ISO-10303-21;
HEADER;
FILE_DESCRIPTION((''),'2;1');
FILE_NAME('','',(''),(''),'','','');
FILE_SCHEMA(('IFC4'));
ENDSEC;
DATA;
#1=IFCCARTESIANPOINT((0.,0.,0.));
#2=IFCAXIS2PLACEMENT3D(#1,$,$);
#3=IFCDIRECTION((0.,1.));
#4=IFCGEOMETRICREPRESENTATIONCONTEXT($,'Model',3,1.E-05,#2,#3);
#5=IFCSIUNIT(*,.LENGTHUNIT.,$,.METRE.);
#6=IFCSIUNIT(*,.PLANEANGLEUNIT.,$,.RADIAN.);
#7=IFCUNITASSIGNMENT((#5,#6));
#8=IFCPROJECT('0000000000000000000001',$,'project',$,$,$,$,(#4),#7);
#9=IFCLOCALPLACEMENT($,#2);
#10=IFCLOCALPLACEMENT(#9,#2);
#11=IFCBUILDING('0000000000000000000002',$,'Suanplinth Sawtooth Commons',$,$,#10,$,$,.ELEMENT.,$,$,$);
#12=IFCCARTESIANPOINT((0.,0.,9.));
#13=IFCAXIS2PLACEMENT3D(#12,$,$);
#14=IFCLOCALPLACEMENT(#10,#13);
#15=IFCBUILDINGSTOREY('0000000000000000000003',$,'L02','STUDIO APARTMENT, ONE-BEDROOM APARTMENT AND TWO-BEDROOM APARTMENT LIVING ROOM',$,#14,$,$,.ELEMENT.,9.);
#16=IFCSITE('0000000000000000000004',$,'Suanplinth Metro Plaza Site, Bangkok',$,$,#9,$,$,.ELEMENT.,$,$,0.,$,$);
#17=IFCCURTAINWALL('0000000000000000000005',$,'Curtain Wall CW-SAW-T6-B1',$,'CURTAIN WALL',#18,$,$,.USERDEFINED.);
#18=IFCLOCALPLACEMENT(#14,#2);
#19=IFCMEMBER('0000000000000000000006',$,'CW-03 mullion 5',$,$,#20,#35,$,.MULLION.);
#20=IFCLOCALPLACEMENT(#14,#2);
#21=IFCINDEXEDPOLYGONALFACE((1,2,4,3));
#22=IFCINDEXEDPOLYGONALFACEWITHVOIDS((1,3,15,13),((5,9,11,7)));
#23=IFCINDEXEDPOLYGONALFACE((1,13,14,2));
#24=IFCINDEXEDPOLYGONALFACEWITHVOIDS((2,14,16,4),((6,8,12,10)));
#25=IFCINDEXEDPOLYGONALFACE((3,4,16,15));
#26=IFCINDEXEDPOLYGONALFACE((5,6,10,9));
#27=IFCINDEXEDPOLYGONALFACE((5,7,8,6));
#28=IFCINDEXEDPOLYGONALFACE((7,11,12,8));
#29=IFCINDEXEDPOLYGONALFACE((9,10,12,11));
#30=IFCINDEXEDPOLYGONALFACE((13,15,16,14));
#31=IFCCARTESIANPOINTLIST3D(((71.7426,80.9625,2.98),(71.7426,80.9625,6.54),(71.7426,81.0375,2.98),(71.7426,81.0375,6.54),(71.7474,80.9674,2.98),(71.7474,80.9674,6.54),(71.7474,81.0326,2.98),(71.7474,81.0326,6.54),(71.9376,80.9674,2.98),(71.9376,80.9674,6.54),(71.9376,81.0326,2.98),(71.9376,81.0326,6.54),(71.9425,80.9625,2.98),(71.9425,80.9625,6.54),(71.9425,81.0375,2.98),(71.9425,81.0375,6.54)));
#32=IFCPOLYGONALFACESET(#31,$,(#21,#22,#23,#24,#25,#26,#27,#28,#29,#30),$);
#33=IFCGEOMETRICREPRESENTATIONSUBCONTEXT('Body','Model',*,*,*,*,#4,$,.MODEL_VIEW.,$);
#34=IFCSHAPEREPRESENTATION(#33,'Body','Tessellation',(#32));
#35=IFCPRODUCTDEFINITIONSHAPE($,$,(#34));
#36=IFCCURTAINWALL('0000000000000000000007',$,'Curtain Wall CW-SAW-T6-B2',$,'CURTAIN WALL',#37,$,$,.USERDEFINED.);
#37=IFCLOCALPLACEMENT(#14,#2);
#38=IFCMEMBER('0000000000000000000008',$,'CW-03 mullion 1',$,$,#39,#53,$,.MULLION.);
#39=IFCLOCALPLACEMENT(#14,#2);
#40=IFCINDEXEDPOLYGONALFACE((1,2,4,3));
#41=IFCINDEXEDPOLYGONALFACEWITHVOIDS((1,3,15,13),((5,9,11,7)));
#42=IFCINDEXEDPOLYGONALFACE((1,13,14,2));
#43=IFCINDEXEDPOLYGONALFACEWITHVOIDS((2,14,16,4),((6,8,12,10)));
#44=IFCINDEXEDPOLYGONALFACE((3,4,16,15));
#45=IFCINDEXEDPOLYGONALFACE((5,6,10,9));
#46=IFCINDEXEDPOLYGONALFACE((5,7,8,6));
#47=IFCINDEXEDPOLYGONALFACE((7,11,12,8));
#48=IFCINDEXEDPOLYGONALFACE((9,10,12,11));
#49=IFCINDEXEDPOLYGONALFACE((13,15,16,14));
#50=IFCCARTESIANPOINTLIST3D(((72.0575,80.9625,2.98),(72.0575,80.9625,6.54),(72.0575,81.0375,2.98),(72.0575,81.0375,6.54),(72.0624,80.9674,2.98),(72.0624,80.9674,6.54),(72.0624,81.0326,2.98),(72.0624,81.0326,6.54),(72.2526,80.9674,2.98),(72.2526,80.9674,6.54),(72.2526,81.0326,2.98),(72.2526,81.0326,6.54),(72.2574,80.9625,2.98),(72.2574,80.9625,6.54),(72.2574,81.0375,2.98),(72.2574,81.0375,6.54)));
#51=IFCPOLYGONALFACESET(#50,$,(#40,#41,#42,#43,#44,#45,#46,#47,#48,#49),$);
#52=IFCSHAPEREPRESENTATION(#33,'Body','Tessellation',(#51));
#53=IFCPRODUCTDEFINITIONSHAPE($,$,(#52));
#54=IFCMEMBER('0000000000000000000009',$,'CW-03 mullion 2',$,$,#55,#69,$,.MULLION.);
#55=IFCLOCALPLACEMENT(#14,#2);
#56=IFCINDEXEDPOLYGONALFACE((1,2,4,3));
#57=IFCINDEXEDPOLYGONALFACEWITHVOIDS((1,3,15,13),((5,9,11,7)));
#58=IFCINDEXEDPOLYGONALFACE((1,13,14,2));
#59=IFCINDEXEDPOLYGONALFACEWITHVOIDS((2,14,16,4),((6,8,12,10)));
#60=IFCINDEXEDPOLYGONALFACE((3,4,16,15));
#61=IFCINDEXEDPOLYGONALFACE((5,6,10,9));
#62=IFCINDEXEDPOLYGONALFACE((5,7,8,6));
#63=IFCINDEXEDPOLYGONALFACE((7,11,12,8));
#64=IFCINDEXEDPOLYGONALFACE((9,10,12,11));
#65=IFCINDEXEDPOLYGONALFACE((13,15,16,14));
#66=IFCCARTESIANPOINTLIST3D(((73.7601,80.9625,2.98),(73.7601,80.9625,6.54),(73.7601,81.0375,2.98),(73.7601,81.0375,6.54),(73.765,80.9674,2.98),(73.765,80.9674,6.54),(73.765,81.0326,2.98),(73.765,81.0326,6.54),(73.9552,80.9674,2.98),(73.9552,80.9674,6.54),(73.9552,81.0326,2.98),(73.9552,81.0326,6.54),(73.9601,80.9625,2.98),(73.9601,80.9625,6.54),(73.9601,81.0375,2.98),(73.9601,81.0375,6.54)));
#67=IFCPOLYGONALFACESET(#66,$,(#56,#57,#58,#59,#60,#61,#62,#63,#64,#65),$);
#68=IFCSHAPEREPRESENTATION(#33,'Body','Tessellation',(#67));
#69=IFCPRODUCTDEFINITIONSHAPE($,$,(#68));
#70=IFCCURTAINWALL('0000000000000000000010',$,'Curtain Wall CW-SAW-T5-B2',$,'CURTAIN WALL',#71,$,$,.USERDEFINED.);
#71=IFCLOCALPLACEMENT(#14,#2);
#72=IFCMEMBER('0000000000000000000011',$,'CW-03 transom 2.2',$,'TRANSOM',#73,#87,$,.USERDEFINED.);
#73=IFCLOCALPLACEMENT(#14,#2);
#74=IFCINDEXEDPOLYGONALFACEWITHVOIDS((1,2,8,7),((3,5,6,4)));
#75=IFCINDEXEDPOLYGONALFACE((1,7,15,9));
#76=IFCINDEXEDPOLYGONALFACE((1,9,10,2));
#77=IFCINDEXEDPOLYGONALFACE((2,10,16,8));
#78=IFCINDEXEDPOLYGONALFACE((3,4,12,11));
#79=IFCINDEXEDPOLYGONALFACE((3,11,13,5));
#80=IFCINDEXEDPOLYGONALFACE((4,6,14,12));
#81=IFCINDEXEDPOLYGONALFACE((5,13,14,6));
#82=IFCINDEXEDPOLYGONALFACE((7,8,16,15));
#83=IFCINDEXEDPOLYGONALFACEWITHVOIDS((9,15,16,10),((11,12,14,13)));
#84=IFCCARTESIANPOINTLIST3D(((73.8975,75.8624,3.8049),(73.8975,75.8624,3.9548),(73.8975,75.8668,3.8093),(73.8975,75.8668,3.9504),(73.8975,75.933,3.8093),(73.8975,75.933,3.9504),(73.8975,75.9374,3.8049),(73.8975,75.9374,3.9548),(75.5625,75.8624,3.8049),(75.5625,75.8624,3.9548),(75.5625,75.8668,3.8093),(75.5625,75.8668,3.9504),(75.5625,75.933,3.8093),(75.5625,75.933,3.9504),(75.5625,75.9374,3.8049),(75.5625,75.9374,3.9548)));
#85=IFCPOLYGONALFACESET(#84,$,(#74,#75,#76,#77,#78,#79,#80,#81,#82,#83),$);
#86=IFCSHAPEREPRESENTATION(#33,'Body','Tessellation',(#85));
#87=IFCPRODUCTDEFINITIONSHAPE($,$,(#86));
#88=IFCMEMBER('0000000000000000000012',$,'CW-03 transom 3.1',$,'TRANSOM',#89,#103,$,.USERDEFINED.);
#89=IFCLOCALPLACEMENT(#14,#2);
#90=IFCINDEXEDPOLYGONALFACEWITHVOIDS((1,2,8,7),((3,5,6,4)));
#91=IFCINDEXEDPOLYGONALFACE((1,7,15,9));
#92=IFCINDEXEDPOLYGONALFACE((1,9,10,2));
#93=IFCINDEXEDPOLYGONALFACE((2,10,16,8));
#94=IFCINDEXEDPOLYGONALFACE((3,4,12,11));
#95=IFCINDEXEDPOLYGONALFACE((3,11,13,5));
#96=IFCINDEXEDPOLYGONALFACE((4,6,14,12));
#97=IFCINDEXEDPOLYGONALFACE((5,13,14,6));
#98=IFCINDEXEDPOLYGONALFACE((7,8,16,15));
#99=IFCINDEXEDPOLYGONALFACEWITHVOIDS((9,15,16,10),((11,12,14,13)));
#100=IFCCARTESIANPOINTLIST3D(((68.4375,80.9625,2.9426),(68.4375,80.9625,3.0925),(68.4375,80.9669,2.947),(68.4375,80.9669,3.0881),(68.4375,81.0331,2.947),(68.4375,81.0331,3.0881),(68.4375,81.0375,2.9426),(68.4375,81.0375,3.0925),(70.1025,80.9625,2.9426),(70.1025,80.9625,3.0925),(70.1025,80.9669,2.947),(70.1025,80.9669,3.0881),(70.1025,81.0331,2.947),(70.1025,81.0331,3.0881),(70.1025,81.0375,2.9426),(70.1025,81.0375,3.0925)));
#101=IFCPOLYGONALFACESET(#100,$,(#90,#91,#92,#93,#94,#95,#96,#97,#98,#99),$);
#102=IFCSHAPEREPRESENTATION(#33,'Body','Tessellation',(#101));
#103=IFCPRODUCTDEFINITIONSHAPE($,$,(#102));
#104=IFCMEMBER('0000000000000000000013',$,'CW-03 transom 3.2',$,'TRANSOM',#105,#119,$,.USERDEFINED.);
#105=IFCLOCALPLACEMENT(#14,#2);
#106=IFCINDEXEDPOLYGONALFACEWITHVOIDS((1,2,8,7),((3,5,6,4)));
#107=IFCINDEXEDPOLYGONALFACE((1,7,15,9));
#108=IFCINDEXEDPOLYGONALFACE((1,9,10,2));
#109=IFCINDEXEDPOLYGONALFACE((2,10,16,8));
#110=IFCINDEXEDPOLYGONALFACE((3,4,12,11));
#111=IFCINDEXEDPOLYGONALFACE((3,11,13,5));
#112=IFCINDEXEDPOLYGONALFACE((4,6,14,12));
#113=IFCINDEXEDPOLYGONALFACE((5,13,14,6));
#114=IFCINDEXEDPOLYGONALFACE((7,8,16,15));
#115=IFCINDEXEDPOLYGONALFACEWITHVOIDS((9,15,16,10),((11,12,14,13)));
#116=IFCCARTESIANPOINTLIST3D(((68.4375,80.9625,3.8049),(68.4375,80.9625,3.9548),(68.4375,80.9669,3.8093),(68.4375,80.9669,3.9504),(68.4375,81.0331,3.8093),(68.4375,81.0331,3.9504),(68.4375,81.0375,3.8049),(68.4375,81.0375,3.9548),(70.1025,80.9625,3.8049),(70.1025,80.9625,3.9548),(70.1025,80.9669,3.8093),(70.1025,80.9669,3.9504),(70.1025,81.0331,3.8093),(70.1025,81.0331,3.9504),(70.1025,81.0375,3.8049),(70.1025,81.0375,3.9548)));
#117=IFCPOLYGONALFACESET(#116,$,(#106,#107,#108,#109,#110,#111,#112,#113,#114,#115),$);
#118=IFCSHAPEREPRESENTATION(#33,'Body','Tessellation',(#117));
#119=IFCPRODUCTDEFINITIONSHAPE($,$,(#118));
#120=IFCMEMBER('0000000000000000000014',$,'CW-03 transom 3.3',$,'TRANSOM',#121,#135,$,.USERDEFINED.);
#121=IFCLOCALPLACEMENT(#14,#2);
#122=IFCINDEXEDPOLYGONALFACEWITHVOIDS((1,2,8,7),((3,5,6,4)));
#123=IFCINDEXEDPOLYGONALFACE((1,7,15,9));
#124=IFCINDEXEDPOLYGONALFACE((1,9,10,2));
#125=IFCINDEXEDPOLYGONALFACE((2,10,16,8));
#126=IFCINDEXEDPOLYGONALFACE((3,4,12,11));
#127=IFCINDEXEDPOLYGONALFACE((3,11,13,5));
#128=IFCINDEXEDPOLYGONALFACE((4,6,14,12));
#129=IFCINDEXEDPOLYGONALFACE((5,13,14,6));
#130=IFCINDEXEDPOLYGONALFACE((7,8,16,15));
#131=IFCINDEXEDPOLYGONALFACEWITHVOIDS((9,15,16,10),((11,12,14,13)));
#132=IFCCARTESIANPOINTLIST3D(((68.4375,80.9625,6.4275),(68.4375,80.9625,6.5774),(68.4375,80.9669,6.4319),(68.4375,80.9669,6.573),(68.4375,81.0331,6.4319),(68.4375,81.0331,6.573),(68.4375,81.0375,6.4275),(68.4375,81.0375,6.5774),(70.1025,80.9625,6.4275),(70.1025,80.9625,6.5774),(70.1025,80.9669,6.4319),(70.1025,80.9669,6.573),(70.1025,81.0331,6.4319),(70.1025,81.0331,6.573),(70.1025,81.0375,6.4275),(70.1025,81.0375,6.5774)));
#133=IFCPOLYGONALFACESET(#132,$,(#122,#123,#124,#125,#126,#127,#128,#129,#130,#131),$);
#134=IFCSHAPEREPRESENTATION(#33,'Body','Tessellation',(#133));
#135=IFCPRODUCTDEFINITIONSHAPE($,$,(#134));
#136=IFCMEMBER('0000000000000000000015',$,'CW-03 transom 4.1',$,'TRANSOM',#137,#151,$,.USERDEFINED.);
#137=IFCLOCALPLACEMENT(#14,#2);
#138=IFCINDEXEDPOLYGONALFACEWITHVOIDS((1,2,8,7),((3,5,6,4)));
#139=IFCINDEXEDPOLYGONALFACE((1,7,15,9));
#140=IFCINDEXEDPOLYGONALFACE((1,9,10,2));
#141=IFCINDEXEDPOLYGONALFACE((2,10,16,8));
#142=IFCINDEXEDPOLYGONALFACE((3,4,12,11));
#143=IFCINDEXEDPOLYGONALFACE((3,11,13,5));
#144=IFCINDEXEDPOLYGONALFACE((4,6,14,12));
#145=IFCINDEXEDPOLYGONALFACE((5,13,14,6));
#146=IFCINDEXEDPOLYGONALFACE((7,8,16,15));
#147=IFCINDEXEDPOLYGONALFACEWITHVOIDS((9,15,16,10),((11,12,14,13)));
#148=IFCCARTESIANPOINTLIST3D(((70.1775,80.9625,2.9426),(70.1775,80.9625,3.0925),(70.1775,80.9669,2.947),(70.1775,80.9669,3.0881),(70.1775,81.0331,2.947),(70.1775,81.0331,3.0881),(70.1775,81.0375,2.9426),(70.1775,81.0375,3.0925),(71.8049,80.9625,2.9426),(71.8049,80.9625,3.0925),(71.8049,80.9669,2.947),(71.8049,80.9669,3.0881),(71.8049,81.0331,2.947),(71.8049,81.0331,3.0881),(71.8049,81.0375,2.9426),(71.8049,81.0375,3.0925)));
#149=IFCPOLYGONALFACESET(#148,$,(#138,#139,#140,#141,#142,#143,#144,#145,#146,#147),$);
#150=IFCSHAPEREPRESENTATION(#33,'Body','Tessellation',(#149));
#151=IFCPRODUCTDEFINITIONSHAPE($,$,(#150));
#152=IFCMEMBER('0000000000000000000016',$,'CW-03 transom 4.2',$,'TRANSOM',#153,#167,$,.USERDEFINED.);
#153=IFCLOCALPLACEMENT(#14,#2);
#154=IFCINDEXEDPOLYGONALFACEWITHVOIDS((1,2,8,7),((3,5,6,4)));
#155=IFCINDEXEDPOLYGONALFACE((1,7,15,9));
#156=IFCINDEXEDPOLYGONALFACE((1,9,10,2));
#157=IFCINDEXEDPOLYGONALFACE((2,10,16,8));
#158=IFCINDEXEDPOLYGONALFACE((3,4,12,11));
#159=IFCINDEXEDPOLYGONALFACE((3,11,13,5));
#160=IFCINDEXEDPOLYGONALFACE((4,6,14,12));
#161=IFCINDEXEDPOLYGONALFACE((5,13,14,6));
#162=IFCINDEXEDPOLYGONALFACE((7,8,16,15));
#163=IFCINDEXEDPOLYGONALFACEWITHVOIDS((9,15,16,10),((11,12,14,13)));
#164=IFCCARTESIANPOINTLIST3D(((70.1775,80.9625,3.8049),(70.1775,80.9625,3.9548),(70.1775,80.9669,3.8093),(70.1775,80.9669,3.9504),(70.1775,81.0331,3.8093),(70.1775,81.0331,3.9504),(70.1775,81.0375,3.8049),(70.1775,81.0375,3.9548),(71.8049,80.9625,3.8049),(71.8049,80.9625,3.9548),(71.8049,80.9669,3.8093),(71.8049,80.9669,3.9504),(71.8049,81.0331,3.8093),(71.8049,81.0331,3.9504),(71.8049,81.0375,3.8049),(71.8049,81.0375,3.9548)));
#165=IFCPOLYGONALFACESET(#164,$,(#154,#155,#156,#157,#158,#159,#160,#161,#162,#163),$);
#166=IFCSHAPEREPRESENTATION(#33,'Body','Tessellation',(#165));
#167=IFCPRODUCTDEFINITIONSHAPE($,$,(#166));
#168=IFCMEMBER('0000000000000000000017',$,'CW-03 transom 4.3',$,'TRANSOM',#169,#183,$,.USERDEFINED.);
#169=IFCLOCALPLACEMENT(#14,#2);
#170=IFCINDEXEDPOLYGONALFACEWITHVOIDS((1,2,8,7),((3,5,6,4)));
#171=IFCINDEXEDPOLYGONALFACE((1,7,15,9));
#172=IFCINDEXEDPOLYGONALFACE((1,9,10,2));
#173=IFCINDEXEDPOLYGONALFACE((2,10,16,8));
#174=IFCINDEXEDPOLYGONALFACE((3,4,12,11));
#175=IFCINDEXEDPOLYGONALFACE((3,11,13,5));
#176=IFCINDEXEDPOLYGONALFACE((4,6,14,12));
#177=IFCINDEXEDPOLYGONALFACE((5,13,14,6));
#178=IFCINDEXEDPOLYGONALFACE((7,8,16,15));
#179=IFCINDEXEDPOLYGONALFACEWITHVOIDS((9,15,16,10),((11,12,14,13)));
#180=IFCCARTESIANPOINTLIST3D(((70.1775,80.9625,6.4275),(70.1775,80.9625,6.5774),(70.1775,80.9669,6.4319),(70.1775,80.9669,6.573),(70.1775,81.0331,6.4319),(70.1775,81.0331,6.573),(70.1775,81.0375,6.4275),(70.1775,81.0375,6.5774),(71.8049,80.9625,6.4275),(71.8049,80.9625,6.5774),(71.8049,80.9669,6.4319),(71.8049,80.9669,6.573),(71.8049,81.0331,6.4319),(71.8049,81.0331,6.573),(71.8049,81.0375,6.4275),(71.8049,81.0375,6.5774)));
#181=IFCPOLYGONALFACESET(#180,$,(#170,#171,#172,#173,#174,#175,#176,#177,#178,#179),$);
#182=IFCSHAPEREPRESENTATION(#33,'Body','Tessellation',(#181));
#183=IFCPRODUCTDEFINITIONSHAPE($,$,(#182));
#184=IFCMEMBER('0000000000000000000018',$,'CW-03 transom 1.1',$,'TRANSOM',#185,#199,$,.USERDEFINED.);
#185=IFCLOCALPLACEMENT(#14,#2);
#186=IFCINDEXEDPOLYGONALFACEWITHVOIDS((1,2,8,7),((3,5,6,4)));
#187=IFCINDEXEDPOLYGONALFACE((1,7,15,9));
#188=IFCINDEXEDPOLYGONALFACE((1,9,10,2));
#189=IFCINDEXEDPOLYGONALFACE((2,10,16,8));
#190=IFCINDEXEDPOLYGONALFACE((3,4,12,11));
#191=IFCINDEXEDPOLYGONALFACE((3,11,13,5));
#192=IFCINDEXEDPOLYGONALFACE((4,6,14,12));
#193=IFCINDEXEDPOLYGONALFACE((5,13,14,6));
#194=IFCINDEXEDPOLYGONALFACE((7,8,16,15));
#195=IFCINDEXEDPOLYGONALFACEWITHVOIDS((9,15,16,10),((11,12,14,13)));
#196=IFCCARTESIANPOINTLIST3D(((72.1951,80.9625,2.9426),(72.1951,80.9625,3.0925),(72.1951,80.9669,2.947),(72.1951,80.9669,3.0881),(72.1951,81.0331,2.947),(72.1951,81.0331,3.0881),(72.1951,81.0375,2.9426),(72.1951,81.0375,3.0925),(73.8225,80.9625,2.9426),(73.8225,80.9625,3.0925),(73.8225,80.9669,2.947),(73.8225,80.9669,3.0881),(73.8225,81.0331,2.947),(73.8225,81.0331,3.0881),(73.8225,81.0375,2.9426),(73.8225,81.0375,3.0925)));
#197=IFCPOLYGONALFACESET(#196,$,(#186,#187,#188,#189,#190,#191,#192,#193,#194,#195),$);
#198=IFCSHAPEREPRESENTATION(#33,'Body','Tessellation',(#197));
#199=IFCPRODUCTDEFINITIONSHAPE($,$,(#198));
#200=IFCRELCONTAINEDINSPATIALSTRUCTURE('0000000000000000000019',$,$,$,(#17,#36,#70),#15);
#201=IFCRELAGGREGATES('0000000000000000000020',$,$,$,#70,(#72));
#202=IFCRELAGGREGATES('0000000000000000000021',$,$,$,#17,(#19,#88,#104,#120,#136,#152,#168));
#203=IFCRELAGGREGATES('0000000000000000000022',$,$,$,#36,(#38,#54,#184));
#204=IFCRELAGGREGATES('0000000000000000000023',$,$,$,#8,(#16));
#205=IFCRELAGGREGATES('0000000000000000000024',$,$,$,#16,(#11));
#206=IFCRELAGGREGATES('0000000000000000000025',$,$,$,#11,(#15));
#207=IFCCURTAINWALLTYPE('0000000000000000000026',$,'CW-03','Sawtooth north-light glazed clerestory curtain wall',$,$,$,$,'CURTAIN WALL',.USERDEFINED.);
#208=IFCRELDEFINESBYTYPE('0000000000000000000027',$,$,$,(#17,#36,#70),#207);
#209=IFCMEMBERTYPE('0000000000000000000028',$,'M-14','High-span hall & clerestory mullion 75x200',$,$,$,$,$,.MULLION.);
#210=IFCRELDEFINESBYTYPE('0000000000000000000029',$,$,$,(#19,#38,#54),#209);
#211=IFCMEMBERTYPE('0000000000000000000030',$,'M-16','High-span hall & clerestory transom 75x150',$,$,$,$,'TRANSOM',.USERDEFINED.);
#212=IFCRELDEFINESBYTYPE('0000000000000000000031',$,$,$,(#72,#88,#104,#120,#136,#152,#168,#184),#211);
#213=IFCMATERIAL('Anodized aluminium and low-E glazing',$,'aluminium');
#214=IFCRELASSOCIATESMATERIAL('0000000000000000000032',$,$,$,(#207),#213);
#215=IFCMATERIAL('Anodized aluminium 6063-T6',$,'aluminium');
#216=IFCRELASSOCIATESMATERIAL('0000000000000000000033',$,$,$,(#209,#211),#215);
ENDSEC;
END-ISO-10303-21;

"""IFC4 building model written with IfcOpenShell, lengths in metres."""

from ifc_helpers import new_model, si_unit, direction, frame, origin, origin_2d, place, context, subcontext, project, spatial, hollow_rectangle, extrude, material, material_profile, profile_set, type_object, element, aggregate, save


model = new_model("IFC4")

# Units and contexts
model_context = context("Model", 3, precision=1e-05, world=origin(), true_north=direction((0.0, 1.0)))
body_context = subcontext(model_context, "Body", "Model", "MODEL_VIEW")
ifc_project = project(units=[si_unit("LENGTHUNIT", "METRE"), si_unit("PLANEANGLEUNIT", "RADIAN")], contexts=[model_context])

# Site, building, storey
site_placement = place(None, origin())
site = spatial("IfcSite", under=ifc_project, at=site_placement, Name="Suanplinth Metro Plaza Site, Bangkok", CompositionType="ELEMENT", RefElevation=0.0)
building_placement = place(site_placement, origin())
building = spatial("IfcBuilding", under=site, at=building_placement, Name="Suanplinth Sawtooth Commons", CompositionType="ELEMENT")
storey_placement = place(building_placement, frame((0.0, 0.0, 9.0)))
storey = spatial("IfcBuildingStorey", under=building, at=storey_placement, Name="L02", Description="STUDIO APARTMENT, ONE-BEDROOM APARTMENT AND TWO-BEDROOM APARTMENT LIVING ROOM", CompositionType="ELEMENT", Elevation=9.0)

# Curtain walls, members
ifc_material_1 = material(Name="Anodized aluminium and low-E glazing", Category="aluminium")
curtain_wall_type = type_object("IfcCurtainWallType", Name="CW-03", Description="Sawtooth north-light glazed clerestory curtain wall", ElementType="CURTAIN WALL", PredefinedType="USERDEFINED", material=ifc_material_1)
curtain_wall_1_placement = place(storey_placement, origin())
curtain_wall_1 = element("IfcCurtainWall", 1, at=curtain_wall_1_placement, inside=storey, type_object=curtain_wall_type, Name="Curtain Wall CW-SAW-T6-B1", ObjectType="CURTAIN WALL", PredefinedType="USERDEFINED")
ifc_material_2 = material(Name="Anodized aluminium 6063-T6", Category="aluminium")
ifc_material_profile_1 = material_profile(ifc_material_2, hollow_rectangle(XDim=0.075, YDim=0.2, WallThickness=0.0049, at=origin_2d()), Name="ALU-MUL 75x200")
ifc_profile_set_1 = profile_set([ifc_material_profile_1], Name="Anodized aluminium 6063-T6")
member_type_1 = type_object("IfcMemberType", Name="M-14", Description="High-span hall & clerestory mullion 75x200", PredefinedType="MULLION", material=ifc_profile_set_1)
member_1_placement = place(storey_placement, frame((71.8425, 81.0, 2.98), z_axis=(0.0, 0.0, 1.0), x_axis=(0.0, 1.0, 0.0)))
member_1 = element("IfcMember", 2, at=member_1_placement, type_object=member_type_1, Name="CW-03 mullion 5", PredefinedType="MULLION", context=body_context, shape_type="SweptSolid", body=[
    extrude(hollow_rectangle(XDim=0.075, YDim=0.2, WallThickness=0.0049, at=origin_2d()), origin(), (0.0, 0.0, 1.0), 3.5601),
])
curtain_wall_2_placement = place(storey_placement, origin())
curtain_wall_2 = element("IfcCurtainWall", 3, at=curtain_wall_2_placement, inside=storey, type_object=curtain_wall_type, Name="Curtain Wall CW-SAW-T6-B2", ObjectType="CURTAIN WALL", PredefinedType="USERDEFINED")
member_2_placement = place(storey_placement, frame((72.1575, 81.0, 2.98), z_axis=(0.0, 0.0, 1.0), x_axis=(0.0, 1.0, 0.0)))
member_2 = element("IfcMember", 4, at=member_2_placement, type_object=member_type_1, Name="CW-03 mullion 1", PredefinedType="MULLION", context=body_context, shape_type="SweptSolid", body=[
    extrude(hollow_rectangle(XDim=0.075, YDim=0.2, WallThickness=0.0049, at=origin_2d()), origin(), (0.0, 0.0, 1.0), 3.5601),
])
member_3_placement = place(storey_placement, frame((73.8601, 81.0, 2.98), z_axis=(0.0, 0.0, 1.0), x_axis=(0.0, 1.0, 0.0)))
member_3 = element("IfcMember", 5, at=member_3_placement, type_object=member_type_1, Name="CW-03 mullion 2", PredefinedType="MULLION", context=body_context, shape_type="SweptSolid", body=[
    extrude(hollow_rectangle(XDim=0.075, YDim=0.2, WallThickness=0.0049, at=origin_2d()), origin(), (0.0, 0.0, 1.0), 3.5601),
])

# Curtain wall, member
curtain_wall_3_placement = place(storey_placement, origin())
curtain_wall_3 = element("IfcCurtainWall", 6, at=curtain_wall_3_placement, inside=storey, type_object=curtain_wall_type, Name="Curtain Wall CW-SAW-T5-B2", ObjectType="CURTAIN WALL", PredefinedType="USERDEFINED")
ifc_material_profile_2 = material_profile(ifc_material_2, hollow_rectangle(XDim=0.075, YDim=0.1499, WallThickness=0.0044, at=origin_2d()), Name="ALU-TRN 75x150")
ifc_profile_set_2 = profile_set([ifc_material_profile_2], Name="Anodized aluminium 6063-T6")
member_type_2 = type_object("IfcMemberType", Name="M-16", Description="High-span hall & clerestory transom 75x150", ElementType="TRANSOM", PredefinedType="USERDEFINED", material=ifc_profile_set_2)
member_4_placement = place(storey_placement, frame((73.8975, 75.8999, 3.8799), z_axis=(1.0, 0.0, 0.0), x_axis=(0.0, 1.0, 0.0)))
member_4 = element("IfcMember", 7, at=member_4_placement, type_object=member_type_2, Name="CW-03 transom 2.2", ObjectType="TRANSOM", PredefinedType="USERDEFINED", context=body_context, shape_type="SweptSolid", body=[
    extrude(hollow_rectangle(XDim=0.075, YDim=0.1499, WallThickness=0.0044, at=origin_2d()), origin(), (0.0, 0.0, 1.0), 1.665),
])
aggregate(curtain_wall_3, [member_4])

# Members
member_5_placement = place(storey_placement, frame((68.4375, 81.0, 3.0176), z_axis=(1.0, 0.0, 0.0), x_axis=(0.0, 1.0, 0.0)))
member_5 = element("IfcMember", 8, at=member_5_placement, type_object=member_type_2, Name="CW-03 transom 3.1", ObjectType="TRANSOM", PredefinedType="USERDEFINED", context=body_context, shape_type="SweptSolid", body=[
    extrude(hollow_rectangle(XDim=0.075, YDim=0.1499, WallThickness=0.0044, at=origin_2d()), origin(), (0.0, 0.0, 1.0), 1.665),
])
member_6_placement = place(storey_placement, frame((68.4375, 81.0, 3.8799), z_axis=(1.0, 0.0, 0.0), x_axis=(0.0, 1.0, 0.0)))
member_6 = element("IfcMember", 9, at=member_6_placement, type_object=member_type_2, Name="CW-03 transom 3.2", ObjectType="TRANSOM", PredefinedType="USERDEFINED", context=body_context, shape_type="SweptSolid", body=[
    extrude(hollow_rectangle(XDim=0.075, YDim=0.1499, WallThickness=0.0044, at=origin_2d()), origin(), (0.0, 0.0, 1.0), 1.665),
])
member_7_placement = place(storey_placement, frame((68.4375, 81.0, 6.5024), z_axis=(1.0, 0.0, 0.0), x_axis=(0.0, 1.0, 0.0)))
member_7 = element("IfcMember", 10, at=member_7_placement, type_object=member_type_2, Name="CW-03 transom 3.3", ObjectType="TRANSOM", PredefinedType="USERDEFINED", context=body_context, shape_type="SweptSolid", body=[
    extrude(hollow_rectangle(XDim=0.075, YDim=0.1499, WallThickness=0.0044, at=origin_2d()), origin(), (0.0, 0.0, 1.0), 1.665),
])
member_8_placement = place(storey_placement, frame((70.1775, 81.0, 3.0176), z_axis=(1.0, 0.0, 0.0), x_axis=(0.0, 1.0, 0.0)))
member_8 = element("IfcMember", 11, at=member_8_placement, type_object=member_type_2, Name="CW-03 transom 4.1", ObjectType="TRANSOM", PredefinedType="USERDEFINED", context=body_context, shape_type="SweptSolid", body=[
    extrude(hollow_rectangle(XDim=0.075, YDim=0.1499, WallThickness=0.0044, at=origin_2d()), origin(), (0.0, 0.0, 1.0), 1.6274),
])
member_9_placement = place(storey_placement, frame((70.1775, 81.0, 3.8799), z_axis=(1.0, 0.0, 0.0), x_axis=(0.0, 1.0, 0.0)))
member_9 = element("IfcMember", 12, at=member_9_placement, type_object=member_type_2, Name="CW-03 transom 4.2", ObjectType="TRANSOM", PredefinedType="USERDEFINED", context=body_context, shape_type="SweptSolid", body=[
    extrude(hollow_rectangle(XDim=0.075, YDim=0.1499, WallThickness=0.0044, at=origin_2d()), origin(), (0.0, 0.0, 1.0), 1.6274),
])
member_10_placement = place(storey_placement, frame((70.1775, 81.0, 6.5024), z_axis=(1.0, 0.0, 0.0), x_axis=(0.0, 1.0, 0.0)))
member_10 = element("IfcMember", 13, at=member_10_placement, type_object=member_type_2, Name="CW-03 transom 4.3", ObjectType="TRANSOM", PredefinedType="USERDEFINED", context=body_context, shape_type="SweptSolid", body=[
    extrude(hollow_rectangle(XDim=0.075, YDim=0.1499, WallThickness=0.0044, at=origin_2d()), origin(), (0.0, 0.0, 1.0), 1.6274),
])
member_11_placement = place(storey_placement, frame((72.1951, 81.0, 3.0176), z_axis=(1.0, 0.0, 0.0), x_axis=(0.0, 1.0, 0.0)))
member_11 = element("IfcMember", 14, at=member_11_placement, type_object=member_type_2, Name="CW-03 transom 1.1", ObjectType="TRANSOM", PredefinedType="USERDEFINED", context=body_context, shape_type="SweptSolid", body=[
    extrude(hollow_rectangle(XDim=0.075, YDim=0.1499, WallThickness=0.0044, at=origin_2d()), origin(), (0.0, 0.0, 1.0), 1.6274),
])

aggregate(curtain_wall_1, [member_1, member_5, member_6, member_7, member_8, member_9, member_10])
aggregate(curtain_wall_2, [member_2, member_3, member_11])

save(model, "model.ifc")
